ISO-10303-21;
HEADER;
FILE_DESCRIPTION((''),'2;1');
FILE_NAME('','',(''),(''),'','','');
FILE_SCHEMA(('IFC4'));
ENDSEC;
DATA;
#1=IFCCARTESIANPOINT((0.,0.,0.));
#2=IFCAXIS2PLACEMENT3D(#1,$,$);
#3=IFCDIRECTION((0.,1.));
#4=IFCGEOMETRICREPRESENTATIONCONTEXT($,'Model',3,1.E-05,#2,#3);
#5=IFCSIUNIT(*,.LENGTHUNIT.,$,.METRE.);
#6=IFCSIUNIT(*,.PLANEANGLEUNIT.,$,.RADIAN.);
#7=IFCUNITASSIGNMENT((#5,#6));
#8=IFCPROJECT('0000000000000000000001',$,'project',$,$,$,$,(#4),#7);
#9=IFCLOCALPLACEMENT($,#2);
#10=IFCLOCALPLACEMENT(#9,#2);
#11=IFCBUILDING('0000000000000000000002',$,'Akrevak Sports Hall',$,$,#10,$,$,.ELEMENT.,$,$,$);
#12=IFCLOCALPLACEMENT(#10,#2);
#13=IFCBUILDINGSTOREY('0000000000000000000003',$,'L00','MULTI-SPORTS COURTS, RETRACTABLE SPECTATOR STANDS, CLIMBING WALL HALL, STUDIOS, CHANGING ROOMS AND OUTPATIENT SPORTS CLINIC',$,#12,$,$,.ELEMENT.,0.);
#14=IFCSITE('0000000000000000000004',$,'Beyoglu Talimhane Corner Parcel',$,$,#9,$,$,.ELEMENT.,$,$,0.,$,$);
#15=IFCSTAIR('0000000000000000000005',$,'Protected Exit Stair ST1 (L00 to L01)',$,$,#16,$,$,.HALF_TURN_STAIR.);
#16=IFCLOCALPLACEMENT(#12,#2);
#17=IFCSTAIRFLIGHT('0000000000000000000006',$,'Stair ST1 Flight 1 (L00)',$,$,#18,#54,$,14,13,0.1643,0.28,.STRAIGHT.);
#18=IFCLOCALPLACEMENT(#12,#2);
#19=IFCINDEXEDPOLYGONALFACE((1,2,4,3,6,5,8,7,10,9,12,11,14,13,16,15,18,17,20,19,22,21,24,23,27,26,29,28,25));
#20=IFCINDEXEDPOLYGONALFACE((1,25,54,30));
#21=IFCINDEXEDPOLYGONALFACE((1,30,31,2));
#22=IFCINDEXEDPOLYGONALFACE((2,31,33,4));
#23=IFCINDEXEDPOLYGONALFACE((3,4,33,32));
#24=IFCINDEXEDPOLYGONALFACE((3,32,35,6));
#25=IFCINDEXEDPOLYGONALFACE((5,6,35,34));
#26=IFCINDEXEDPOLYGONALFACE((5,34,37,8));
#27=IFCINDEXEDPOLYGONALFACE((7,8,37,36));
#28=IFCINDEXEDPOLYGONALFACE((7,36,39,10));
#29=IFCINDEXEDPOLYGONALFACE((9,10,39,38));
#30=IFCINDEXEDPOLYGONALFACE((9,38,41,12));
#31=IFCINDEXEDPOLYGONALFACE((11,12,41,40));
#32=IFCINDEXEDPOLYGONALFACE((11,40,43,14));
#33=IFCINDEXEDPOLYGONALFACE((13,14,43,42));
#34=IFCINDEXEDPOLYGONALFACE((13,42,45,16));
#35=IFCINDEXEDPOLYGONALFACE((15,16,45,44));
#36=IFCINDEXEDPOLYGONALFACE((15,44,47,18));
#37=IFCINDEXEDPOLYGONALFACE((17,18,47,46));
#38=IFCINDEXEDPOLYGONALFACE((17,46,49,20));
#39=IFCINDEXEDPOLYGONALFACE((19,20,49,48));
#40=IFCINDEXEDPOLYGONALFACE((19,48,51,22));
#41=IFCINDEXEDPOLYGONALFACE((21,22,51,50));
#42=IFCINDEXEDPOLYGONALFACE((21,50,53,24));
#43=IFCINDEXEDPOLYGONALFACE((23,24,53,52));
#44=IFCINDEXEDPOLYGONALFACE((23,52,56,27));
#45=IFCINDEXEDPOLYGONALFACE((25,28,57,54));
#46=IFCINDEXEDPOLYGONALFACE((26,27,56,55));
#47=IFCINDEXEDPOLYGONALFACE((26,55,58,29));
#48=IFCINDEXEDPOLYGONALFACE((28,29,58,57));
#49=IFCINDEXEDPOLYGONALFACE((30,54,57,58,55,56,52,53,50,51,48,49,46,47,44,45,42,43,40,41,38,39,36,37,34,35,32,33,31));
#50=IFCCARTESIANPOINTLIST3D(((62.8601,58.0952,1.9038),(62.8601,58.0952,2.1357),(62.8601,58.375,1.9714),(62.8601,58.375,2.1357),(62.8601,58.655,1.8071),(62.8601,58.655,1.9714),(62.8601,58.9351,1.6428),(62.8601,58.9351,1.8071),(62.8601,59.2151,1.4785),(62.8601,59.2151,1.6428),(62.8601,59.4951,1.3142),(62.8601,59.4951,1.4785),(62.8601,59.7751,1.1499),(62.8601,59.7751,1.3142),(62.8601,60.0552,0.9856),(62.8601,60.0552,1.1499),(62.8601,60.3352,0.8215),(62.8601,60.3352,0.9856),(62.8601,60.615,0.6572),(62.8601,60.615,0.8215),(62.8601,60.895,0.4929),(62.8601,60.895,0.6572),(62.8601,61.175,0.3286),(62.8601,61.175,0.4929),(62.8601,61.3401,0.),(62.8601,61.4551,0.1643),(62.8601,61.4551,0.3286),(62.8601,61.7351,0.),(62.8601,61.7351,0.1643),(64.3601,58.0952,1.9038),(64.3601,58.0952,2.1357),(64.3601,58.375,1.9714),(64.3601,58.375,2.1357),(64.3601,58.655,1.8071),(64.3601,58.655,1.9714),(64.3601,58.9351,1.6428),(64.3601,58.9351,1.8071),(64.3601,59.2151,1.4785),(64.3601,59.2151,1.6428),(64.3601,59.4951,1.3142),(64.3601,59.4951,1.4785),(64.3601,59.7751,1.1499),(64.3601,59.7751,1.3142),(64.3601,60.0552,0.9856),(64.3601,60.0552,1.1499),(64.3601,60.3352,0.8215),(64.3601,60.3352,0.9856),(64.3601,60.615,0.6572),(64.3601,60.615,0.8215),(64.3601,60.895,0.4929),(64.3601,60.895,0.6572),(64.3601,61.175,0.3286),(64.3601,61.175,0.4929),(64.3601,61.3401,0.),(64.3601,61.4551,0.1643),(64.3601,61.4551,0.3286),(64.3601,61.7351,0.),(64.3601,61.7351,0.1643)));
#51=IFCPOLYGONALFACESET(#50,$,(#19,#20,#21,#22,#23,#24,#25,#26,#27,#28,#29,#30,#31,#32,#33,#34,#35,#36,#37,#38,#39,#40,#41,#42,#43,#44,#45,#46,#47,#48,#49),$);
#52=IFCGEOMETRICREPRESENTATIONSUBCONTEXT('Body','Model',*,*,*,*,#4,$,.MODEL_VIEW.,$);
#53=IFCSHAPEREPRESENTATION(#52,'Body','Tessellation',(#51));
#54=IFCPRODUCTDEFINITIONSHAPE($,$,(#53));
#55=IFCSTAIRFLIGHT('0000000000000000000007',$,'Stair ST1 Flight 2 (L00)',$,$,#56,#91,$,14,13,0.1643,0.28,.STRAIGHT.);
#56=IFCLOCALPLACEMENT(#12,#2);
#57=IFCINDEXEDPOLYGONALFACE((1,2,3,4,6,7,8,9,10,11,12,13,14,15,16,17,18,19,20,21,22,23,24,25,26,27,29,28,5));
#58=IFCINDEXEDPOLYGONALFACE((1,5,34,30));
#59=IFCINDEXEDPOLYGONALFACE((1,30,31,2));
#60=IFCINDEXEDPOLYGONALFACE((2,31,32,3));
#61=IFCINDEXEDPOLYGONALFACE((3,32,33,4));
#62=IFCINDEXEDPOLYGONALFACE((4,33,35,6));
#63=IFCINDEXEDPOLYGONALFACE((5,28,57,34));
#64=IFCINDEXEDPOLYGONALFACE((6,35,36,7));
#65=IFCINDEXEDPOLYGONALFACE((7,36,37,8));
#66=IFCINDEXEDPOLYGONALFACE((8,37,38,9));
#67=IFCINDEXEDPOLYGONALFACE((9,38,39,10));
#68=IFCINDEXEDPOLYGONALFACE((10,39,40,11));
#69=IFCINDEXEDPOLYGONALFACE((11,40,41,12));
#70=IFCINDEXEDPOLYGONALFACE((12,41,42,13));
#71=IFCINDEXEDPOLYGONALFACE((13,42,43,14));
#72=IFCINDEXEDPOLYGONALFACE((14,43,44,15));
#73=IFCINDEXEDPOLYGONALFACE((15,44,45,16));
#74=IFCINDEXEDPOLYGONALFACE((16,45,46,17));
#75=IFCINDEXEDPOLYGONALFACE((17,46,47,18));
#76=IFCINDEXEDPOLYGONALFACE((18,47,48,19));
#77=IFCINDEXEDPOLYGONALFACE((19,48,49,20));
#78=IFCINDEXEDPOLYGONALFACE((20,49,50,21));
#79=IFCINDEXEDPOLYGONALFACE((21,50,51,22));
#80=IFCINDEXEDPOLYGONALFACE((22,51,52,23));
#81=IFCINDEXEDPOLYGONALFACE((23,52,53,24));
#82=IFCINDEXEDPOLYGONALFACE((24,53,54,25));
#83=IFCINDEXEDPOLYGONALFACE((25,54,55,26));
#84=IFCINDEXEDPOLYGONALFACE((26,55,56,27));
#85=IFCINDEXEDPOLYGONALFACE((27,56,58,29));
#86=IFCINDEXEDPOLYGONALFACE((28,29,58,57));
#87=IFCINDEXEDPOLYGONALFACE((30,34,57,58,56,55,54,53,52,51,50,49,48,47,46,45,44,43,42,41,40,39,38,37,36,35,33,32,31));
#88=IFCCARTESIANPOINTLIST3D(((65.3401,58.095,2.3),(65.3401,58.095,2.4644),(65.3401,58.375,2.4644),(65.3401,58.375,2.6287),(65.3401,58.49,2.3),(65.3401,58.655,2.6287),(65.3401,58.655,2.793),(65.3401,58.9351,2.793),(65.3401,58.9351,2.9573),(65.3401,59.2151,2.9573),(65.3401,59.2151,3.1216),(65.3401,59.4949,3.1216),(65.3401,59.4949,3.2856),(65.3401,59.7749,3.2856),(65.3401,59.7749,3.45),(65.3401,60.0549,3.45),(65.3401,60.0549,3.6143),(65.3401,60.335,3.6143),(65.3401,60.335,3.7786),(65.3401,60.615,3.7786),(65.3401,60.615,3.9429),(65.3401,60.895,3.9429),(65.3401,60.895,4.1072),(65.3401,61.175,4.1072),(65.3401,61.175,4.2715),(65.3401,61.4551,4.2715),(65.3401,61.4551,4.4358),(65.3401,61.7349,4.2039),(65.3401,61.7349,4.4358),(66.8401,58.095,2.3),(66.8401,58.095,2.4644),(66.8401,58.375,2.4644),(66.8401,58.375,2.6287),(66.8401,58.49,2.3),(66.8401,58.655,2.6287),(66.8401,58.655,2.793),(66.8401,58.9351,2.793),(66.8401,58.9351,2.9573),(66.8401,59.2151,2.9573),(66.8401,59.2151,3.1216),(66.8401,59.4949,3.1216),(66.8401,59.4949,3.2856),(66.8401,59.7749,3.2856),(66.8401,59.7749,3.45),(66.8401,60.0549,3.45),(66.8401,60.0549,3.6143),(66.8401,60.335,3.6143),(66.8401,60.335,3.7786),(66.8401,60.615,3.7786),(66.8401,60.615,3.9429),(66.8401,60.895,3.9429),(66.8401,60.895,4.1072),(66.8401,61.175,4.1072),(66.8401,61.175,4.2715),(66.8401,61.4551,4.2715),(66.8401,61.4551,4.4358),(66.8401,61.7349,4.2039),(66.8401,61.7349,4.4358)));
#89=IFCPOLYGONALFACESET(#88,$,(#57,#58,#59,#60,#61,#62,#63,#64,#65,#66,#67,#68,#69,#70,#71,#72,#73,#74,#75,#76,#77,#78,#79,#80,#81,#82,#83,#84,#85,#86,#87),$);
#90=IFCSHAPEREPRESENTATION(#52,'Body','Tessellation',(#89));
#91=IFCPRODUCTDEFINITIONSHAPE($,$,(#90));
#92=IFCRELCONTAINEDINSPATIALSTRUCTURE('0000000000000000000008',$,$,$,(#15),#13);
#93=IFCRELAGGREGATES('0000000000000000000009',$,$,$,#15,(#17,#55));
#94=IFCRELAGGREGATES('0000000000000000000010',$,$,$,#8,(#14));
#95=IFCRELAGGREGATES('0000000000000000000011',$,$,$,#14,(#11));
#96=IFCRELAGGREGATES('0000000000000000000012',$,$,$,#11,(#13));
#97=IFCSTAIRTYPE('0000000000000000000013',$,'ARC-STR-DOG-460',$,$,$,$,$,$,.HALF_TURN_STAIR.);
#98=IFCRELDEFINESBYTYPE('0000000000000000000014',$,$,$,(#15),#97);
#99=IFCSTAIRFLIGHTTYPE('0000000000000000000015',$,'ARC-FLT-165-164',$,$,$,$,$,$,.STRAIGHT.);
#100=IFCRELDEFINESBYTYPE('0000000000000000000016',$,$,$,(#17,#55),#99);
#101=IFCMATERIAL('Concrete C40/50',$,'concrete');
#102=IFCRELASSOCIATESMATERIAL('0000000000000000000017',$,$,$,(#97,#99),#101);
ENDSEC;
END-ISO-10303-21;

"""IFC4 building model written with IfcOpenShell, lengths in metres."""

from ifc_helpers import new_model, si_unit, direction, frame, origin, place, context, subcontext, project, spatial, polyline, outline, extrude, material, type_object, element, aggregate, save


model = new_model("IFC4")

# Units and contexts
model_context = context("Model", 3, precision=1e-05, world=origin(), true_north=direction((0.0, 1.0)))
body_context = subcontext(model_context, "Body", "Model", "MODEL_VIEW")
ifc_project = project(units=[si_unit("LENGTHUNIT", "METRE"), si_unit("PLANEANGLEUNIT", "RADIAN")], contexts=[model_context])

# Site, building, storey
site_placement = place(None, origin())
site = spatial("IfcSite", under=ifc_project, at=site_placement, Name="Beyoglu Talimhane Corner Parcel", CompositionType="ELEMENT", RefElevation=0.0)
building_placement = place(site_placement, origin())
building = spatial("IfcBuilding", under=site, at=building_placement, Name="Akrevak Sports Hall", CompositionType="ELEMENT")
storey_placement = place(building_placement, origin())
storey = spatial("IfcBuildingStorey", under=building, at=storey_placement, Name="L00", Description="MULTI-SPORTS COURTS, RETRACTABLE SPECTATOR STANDS, CLIMBING WALL HALL, STUDIOS, CHANGING ROOMS AND OUTPATIENT SPORTS CLINIC", CompositionType="ELEMENT", Elevation=0.0)

# Shared definitions
ifc_material_1 = material(Name="Concrete C40/50", Category="concrete")

# Stair, stair flights
stair_type = type_object("IfcStairType", Name="ARC-STR-DOG-460", PredefinedType="HALF_TURN_STAIR", material=ifc_material_1)
stair_placement = place(storey_placement, origin())
stair = element("IfcStair", 1, at=stair_placement, inside=storey, type_object=stair_type, Name="Protected Exit Stair ST1 (L00 to L01)", PredefinedType="HALF_TURN_STAIR")
stair_flight_type = type_object("IfcStairFlightType", Name="ARC-FLT-165-164", PredefinedType="STRAIGHT", material=ifc_material_1)
stair_flight_1_placement = place(storey_placement, frame((63.6101, 61.7351, 0.0), z_axis=(0.0, 0.0, 1.0), x_axis=(0.0, -1.0, 0.0)))
stair_flight_1 = element("IfcStairFlight", 2, at=stair_flight_1_placement, type_object=stair_flight_type, Name="Stair ST1 Flight 1 (L00)", NumberOfRisers=14, NumberOfTreads=13, PredefinedType="STRAIGHT", RiserHeight=0.1643, TreadLength=0.28, context=body_context, shape_type="SweptSolid", body=[
    extrude(outline(polyline([(0.0, 0.0), (0.0, 0.1643), (0.28, 0.1643), (0.28, 0.3286), (0.5601, 0.3286), (0.5601, 0.4929), (0.8401, 0.4929), (0.8401, 0.6572), (1.1201, 0.6572), (1.1201, 0.8215), (1.3999, 0.8215), (1.3999, 0.9856), (1.6799, 0.9856), (1.6799, 1.1499), (1.96, 1.1499), (1.96, 1.3142), (2.24, 1.3142), (2.24, 1.4785), (2.52, 1.4785), (2.52, 1.6428), (2.8, 1.6428), (2.8, 1.8071), (3.0801, 1.8071), (3.0801, 1.9714), (3.3601, 1.9714), (3.3601, 2.1357), (3.6399, 2.1357), (3.6399, 2.3), (3.6399, 1.9038), (0.395, 0.0), (0.0, 0.0)])), frame((0.0, 0.75, 0.0), z_axis=(0.0, -1.0, 0.0), x_axis=(1.0, 0.0, 0.0)), (0.0, 0.0, 1.0), 1.5),
])
stair_flight_2_placement = place(storey_placement, frame((66.0901, 58.095, 2.3), z_axis=(0.0, 0.0, 1.0), x_axis=(0.0, 1.0, 0.0)))
stair_flight_2 = element("IfcStairFlight", 3, at=stair_flight_2_placement, type_object=stair_flight_type, Name="Stair ST1 Flight 2 (L00)", NumberOfRisers=14, NumberOfTreads=13, PredefinedType="STRAIGHT", RiserHeight=0.1643, TreadLength=0.28, context=body_context, shape_type="SweptSolid", body=[
    extrude(outline(polyline([(0.0, 0.0), (0.0, 0.1643), (0.28, 0.1643), (0.28, 0.3286), (0.5601, 0.3286), (0.5601, 0.4929), (0.8401, 0.4929), (0.8401, 0.6572), (1.1201, 0.6572), (1.1201, 0.8215), (1.3999, 0.8215), (1.3999, 0.9856), (1.6799, 0.9856), (1.6799, 1.1499), (1.96, 1.1499), (1.96, 1.3142), (2.24, 1.3142), (2.24, 1.4785), (2.52, 1.4785), (2.52, 1.6428), (2.8, 1.6428), (2.8, 1.8071), (3.0801, 1.8071), (3.0801, 1.9714), (3.3601, 1.9714), (3.3601, 2.1357), (3.6399, 2.1357), (3.6399, 2.3), (3.6399, 1.9038), (0.395, 0.0), (0.0, 0.0)])), frame((0.0, 0.75, 0.0), z_axis=(0.0, -1.0, 0.0), x_axis=(1.0, 0.0, 0.0)), (0.0, 0.0, 1.0), 1.5),
])
aggregate(stair, [stair_flight_1, stair_flight_2])

save(model, "model.ifc")
